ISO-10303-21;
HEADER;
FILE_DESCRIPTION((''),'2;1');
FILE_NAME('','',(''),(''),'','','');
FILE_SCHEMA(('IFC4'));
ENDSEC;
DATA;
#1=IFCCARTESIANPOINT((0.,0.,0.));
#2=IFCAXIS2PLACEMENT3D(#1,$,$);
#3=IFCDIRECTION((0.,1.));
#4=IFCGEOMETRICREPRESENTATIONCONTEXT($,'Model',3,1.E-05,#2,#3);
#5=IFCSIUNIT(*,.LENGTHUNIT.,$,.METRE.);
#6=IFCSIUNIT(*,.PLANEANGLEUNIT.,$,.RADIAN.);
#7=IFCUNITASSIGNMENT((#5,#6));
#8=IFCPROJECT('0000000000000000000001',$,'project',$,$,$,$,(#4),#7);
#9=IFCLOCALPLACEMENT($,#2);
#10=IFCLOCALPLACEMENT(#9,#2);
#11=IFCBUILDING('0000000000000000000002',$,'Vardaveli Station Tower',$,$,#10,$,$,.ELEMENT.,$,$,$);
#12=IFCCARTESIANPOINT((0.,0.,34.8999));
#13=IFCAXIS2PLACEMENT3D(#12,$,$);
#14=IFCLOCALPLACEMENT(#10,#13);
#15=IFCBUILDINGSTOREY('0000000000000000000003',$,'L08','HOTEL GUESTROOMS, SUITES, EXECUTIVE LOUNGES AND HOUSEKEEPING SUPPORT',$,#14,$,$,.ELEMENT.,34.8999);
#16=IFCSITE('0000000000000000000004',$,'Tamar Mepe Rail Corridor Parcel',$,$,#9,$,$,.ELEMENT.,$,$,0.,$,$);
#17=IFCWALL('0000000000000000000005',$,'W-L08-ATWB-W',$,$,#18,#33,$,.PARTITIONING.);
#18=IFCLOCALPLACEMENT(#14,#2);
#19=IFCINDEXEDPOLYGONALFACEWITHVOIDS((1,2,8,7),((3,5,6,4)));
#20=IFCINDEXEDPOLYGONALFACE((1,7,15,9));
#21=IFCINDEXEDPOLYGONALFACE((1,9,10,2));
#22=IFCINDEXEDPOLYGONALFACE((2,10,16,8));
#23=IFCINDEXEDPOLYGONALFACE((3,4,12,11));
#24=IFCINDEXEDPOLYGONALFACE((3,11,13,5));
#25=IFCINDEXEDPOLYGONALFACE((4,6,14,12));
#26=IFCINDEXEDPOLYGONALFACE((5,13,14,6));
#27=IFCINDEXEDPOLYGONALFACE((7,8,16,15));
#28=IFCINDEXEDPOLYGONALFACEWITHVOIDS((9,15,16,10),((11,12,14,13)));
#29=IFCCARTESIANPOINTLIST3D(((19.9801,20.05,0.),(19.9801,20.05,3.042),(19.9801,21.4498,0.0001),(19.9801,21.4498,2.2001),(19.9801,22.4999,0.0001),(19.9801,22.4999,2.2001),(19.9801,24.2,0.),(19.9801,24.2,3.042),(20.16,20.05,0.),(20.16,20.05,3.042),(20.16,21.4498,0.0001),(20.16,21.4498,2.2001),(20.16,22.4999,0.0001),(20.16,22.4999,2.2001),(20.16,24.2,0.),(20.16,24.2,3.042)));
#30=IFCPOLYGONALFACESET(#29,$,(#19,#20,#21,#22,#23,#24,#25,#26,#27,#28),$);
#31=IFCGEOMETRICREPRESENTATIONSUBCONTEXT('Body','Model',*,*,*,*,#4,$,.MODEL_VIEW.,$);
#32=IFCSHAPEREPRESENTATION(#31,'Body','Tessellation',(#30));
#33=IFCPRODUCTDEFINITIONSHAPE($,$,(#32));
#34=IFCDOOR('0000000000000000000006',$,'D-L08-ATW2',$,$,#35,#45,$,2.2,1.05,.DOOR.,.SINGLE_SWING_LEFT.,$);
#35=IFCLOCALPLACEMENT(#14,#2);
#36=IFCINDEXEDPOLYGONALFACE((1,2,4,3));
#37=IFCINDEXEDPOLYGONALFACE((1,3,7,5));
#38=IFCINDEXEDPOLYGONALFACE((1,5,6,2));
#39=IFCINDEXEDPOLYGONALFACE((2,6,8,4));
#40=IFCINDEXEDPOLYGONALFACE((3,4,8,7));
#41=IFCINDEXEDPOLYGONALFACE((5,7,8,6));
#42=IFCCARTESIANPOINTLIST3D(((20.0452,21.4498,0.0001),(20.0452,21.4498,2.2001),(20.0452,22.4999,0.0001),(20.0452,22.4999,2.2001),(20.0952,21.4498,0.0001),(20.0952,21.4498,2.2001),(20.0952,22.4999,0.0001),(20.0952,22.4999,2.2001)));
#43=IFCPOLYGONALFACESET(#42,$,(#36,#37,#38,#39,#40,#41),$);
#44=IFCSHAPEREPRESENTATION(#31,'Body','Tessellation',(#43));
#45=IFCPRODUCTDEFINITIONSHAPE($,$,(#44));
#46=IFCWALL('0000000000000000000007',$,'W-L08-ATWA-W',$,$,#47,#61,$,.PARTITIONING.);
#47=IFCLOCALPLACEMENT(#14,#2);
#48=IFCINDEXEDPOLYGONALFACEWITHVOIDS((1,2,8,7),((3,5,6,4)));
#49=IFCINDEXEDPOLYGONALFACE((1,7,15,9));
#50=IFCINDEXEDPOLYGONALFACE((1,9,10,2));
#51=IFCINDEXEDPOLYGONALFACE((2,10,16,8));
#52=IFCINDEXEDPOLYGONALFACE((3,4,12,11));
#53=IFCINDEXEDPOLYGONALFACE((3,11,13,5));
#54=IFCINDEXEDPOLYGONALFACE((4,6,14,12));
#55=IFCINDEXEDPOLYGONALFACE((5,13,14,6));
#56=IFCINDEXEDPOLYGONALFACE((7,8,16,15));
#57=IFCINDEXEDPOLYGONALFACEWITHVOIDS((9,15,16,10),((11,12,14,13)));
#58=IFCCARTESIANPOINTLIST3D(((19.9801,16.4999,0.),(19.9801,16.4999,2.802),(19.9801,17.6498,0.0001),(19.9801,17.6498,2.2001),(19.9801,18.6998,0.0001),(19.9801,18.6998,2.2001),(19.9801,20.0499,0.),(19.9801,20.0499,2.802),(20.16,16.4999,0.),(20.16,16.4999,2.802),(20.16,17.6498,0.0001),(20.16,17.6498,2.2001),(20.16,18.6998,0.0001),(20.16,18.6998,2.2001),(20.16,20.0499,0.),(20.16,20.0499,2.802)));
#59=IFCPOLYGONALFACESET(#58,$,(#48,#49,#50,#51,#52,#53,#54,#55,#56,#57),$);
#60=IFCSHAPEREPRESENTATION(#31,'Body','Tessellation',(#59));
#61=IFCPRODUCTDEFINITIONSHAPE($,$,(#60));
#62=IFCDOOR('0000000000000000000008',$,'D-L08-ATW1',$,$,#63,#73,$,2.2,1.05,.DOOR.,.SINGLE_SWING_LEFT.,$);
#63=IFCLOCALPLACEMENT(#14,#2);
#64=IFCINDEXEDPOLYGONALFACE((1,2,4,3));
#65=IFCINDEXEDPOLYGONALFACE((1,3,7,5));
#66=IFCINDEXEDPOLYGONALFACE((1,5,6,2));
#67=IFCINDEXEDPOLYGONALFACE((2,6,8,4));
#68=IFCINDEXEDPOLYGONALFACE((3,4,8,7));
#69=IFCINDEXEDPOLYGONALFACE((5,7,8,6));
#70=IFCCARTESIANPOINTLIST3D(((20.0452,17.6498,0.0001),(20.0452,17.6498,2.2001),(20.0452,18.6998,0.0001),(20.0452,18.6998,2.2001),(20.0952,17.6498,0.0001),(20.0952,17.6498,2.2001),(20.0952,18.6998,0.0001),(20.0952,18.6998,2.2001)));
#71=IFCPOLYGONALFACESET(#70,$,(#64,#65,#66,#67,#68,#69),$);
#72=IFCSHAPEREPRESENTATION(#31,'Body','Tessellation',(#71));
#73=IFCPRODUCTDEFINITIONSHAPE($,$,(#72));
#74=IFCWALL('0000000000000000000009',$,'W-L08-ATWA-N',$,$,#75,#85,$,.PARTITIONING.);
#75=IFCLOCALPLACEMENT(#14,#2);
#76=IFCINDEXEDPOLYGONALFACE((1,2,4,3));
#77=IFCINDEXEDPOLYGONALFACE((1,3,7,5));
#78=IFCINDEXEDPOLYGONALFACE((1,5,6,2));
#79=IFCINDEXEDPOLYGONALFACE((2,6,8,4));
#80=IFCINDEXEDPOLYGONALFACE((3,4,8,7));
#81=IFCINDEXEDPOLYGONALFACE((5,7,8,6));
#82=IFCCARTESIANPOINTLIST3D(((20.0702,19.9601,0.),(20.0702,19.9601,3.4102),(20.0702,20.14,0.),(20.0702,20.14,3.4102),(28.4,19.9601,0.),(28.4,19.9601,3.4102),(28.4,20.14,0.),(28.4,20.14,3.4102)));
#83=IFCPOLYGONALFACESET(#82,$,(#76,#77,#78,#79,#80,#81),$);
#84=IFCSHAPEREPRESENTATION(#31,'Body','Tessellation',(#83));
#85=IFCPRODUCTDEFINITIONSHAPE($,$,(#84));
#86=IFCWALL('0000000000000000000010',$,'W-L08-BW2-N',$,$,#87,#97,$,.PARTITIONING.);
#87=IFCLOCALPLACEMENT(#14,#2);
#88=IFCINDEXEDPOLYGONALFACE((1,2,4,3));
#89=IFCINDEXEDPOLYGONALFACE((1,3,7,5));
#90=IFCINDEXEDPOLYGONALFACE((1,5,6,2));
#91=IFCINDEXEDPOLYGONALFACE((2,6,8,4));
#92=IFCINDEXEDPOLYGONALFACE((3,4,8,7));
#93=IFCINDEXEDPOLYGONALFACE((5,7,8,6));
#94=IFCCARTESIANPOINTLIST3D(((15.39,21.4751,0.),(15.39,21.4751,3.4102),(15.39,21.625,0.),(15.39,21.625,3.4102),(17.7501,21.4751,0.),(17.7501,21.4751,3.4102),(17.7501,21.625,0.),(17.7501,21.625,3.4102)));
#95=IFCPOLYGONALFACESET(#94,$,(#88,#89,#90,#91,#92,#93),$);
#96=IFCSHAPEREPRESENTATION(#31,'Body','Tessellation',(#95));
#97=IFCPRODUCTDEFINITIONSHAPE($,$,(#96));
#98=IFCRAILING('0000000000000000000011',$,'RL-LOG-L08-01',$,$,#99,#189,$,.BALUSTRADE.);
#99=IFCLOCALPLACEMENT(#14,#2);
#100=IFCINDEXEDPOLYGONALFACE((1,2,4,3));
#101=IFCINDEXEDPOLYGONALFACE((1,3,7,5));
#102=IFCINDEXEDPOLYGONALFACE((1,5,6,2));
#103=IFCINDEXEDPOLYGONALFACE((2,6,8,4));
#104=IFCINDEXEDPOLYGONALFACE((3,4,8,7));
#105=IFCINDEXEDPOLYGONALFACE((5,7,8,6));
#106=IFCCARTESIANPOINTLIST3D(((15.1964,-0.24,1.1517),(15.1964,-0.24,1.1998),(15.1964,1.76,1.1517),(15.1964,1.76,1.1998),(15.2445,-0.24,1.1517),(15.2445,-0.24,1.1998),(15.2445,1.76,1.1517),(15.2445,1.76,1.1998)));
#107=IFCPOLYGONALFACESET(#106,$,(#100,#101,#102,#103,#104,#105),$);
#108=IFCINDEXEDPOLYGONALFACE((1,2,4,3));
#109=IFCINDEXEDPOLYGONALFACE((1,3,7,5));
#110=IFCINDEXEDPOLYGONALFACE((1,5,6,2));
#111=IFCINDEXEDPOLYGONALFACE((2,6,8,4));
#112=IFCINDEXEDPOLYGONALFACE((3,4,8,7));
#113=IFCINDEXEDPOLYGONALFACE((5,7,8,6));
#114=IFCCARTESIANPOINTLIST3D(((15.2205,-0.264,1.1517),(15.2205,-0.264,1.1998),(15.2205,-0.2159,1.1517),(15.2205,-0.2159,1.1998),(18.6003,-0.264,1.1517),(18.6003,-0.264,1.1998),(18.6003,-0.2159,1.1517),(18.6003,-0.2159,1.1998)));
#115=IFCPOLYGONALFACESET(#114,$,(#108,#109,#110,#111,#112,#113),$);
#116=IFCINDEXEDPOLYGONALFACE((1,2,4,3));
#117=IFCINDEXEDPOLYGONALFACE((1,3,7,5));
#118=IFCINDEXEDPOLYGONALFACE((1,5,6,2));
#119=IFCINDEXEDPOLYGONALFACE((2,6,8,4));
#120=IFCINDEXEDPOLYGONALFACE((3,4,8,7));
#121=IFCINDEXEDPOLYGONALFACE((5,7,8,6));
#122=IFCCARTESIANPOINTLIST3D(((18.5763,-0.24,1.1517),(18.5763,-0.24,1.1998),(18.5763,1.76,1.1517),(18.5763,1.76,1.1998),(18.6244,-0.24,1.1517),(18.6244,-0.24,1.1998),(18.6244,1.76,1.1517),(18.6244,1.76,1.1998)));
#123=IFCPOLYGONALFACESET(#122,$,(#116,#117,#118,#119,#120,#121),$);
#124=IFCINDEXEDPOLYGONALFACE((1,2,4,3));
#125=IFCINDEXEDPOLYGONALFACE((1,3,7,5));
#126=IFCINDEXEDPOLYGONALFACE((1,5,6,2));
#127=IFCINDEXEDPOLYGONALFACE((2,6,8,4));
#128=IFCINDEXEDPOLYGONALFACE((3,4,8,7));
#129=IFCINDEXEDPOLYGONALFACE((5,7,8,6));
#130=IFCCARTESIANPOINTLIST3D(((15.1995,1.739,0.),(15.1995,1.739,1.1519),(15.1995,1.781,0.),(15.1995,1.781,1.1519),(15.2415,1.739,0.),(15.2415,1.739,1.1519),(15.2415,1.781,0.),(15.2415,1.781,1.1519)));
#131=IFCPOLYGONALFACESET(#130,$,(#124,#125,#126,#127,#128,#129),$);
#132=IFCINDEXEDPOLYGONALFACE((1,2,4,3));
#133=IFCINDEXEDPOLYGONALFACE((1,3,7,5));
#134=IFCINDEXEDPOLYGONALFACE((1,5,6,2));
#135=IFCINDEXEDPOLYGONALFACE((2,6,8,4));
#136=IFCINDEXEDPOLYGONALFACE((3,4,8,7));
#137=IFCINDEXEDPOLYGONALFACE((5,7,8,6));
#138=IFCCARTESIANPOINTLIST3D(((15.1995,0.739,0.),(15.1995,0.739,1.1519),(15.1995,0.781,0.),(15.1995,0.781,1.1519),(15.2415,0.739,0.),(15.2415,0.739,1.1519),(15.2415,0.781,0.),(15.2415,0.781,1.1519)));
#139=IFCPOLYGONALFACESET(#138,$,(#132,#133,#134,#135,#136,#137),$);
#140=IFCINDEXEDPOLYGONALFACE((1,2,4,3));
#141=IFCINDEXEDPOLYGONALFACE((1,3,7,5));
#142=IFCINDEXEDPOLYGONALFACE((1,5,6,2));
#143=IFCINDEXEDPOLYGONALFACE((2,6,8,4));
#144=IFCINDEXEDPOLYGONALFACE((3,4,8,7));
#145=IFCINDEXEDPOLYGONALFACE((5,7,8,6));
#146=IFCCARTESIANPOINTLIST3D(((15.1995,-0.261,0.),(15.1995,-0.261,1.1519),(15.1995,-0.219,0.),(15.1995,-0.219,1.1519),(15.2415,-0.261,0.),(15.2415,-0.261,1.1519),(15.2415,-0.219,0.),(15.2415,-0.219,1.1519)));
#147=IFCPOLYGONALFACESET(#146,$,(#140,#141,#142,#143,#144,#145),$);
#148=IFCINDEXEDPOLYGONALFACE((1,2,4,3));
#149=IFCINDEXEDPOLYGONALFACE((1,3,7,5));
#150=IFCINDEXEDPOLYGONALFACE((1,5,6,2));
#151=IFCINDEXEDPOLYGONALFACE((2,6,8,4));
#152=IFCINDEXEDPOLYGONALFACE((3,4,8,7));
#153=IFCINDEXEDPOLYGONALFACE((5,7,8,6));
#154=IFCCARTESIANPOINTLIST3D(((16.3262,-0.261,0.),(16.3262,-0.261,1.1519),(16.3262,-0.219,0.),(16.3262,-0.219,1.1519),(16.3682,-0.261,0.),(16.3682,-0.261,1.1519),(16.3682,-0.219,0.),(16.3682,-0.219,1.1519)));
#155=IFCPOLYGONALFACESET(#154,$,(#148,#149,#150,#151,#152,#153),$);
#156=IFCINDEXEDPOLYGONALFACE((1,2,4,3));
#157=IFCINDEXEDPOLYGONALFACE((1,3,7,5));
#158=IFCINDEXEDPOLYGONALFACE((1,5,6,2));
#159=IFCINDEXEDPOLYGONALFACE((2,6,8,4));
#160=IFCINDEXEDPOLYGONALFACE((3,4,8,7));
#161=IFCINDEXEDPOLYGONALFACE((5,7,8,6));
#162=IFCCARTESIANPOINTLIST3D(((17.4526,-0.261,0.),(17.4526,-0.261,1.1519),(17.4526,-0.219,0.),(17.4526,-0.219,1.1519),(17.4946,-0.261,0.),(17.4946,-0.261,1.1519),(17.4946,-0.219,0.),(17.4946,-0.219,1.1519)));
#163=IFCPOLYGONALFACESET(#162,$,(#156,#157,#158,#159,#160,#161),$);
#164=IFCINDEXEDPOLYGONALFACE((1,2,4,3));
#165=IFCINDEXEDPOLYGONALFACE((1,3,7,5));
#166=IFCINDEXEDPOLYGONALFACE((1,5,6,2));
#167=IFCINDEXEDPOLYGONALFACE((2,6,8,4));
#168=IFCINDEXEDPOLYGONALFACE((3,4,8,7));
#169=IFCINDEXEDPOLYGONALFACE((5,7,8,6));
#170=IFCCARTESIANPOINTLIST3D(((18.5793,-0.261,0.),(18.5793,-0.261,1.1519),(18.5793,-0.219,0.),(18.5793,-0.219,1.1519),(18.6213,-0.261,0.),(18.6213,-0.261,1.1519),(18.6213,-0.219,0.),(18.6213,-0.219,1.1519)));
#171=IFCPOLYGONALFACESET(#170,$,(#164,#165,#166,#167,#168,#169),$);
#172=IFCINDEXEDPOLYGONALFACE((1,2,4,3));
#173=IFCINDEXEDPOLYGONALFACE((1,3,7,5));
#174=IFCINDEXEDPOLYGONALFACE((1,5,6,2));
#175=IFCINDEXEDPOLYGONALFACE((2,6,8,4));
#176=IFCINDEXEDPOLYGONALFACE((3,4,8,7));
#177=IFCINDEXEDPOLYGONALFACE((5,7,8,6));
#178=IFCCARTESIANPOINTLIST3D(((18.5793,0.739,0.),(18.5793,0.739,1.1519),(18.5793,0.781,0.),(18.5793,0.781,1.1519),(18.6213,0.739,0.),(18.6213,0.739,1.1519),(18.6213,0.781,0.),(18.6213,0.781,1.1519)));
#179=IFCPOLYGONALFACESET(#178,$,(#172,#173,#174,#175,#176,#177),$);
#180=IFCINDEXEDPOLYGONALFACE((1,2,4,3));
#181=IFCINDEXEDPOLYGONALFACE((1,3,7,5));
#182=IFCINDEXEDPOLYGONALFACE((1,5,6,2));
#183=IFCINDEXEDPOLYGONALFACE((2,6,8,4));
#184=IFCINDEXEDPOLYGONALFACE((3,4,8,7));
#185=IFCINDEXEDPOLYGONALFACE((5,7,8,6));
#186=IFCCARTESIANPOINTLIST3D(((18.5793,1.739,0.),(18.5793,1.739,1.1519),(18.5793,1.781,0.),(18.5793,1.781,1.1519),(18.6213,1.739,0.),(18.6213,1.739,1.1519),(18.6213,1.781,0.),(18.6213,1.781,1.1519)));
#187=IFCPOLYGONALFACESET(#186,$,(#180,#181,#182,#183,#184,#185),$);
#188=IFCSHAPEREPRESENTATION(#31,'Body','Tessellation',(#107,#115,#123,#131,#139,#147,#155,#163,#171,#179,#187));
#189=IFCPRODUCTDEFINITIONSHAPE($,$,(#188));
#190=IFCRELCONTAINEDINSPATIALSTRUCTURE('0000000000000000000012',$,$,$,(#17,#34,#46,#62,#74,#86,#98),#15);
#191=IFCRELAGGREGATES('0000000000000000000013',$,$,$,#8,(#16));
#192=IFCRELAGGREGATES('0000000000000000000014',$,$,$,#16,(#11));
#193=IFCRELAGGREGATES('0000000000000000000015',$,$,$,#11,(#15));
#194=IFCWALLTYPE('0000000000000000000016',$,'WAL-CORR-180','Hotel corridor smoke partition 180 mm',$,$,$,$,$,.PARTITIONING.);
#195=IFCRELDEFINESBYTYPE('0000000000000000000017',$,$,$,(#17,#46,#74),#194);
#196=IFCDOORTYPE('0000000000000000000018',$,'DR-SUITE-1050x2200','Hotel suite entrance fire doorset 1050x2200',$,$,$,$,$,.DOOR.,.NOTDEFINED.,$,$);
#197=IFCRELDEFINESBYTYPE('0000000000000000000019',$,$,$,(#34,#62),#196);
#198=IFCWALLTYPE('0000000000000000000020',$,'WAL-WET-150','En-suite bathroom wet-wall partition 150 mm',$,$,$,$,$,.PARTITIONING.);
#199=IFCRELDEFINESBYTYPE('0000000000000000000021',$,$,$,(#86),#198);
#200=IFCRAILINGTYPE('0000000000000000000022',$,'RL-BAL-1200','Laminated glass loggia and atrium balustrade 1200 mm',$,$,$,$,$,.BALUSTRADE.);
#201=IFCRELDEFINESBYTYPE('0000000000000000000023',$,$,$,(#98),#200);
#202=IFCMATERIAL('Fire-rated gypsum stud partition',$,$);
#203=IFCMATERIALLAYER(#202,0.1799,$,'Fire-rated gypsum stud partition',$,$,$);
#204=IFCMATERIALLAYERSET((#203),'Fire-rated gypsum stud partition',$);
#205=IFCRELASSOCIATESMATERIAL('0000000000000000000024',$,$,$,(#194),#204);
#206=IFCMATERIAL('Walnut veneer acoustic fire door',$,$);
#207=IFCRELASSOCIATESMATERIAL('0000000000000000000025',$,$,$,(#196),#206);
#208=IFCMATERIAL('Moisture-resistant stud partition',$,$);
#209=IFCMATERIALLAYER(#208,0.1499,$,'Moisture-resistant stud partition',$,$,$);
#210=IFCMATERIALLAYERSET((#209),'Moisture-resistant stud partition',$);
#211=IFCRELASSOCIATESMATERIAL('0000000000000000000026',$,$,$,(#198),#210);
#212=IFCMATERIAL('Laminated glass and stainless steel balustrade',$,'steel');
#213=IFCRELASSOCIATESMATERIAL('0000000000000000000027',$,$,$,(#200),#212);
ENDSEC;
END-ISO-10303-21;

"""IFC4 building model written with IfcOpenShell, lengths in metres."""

from ifc_helpers import new_model, si_unit, direction, frame, frame_2d, origin, origin_2d, place, context, subcontext, project, spatial, rectangle, extrude, source, transform, mapped, material, layer, layer_set, type_object, element, fill, save


model = new_model("IFC4")

# Units and contexts
model_context = context("Model", 3, precision=1e-05, world=origin(), true_north=direction((0.0, 1.0)))
body_context = subcontext(model_context, "Body", "Model", "MODEL_VIEW")
ifc_project = project(units=[si_unit("LENGTHUNIT", "METRE"), si_unit("PLANEANGLEUNIT", "RADIAN")], contexts=[model_context])

# Site, building, storey
site_placement = place(None, origin())
site = spatial("IfcSite", under=ifc_project, at=site_placement, Name="Tamar Mepe Rail Corridor Parcel", CompositionType="ELEMENT", RefElevation=0.0)
building_placement = place(site_placement, origin())
building = spatial("IfcBuilding", under=site, at=building_placement, Name="Vardaveli Station Tower", CompositionType="ELEMENT")
storey_placement = place(building_placement, frame((0.0, 0.0, 34.8999)))
storey = spatial("IfcBuildingStorey", under=building, at=storey_placement, Name="L08", Description="HOTEL GUESTROOMS, SUITES, EXECUTIVE LOUNGES AND HOUSEKEEPING SUPPORT", CompositionType="ELEMENT", Elevation=34.8999)

# Shared definitions
ifc_material_1 = material(Name="Fire-rated gypsum stud partition")
ifc_layer_1 = layer(ifc_material_1, 0.1799, Name="Fire-rated gypsum stud partition")
ifc_layer_set_1 = layer_set([ifc_layer_1], Name="Fire-rated gypsum stud partition")
wall_type_1 = type_object("IfcWallType", Name="WAL-CORR-180", Description="Hotel corridor smoke partition 180 mm", PredefinedType="PARTITIONING", material=ifc_layer_set_1)
shared_shape_1 = source(origin(), body_context, "Body", "SweptSolid", [
    extrude(rectangle(XDim=1.05, YDim=2.2, at=frame_2d((0.5249, 1.1001))), frame((0.0, 0.1001, 0.0), z_axis=(0.0, -1.0, 0.0), x_axis=(1.0, 0.0, 0.0)), (0.0, 0.0, 1.0), 0.2),
])
ifc_material_2 = material(Name="Walnut veneer acoustic fire door")
door_type_1 = type_object("IfcDoorType", Name="DR-SUITE-1050x2200", Description="Hotel suite entrance fire doorset 1050x2200", OperationType="NOTDEFINED", PredefinedType="DOOR", material=ifc_material_2)
shared_shape_2 = source(origin(), body_context, "Body", "SweptSolid", [
    extrude(rectangle(XDim=1.05, YDim=2.2, at=frame_2d((0.5249, 1.1001))), frame((0.0, 0.0249, 0.0), z_axis=(0.0, -1.0, 0.0), x_axis=(1.0, 0.0, 0.0)), (0.0, 0.0, 1.0), 0.05),
])

# Shared definitions
ifc_material_3 = material(Name="Moisture-resistant stud partition")
ifc_layer_2 = layer(ifc_material_3, 0.1499, Name="Moisture-resistant stud partition")
ifc_layer_set_2 = layer_set([ifc_layer_2], Name="Moisture-resistant stud partition")
wall_type_2 = type_object("IfcWallType", Name="WAL-WET-150", Description="En-suite bathroom wet-wall partition 150 mm", PredefinedType="PARTITIONING", material=ifc_layer_set_2)

# Walls, openings, doors
shared_shape_3 = source(origin(), body_context, "Body", "SweptSolid", [
    extrude(rectangle(XDim=4.1499, YDim=0.1799, at=frame_2d((2.075, 0.0))), origin(), (0.0, 0.0, 1.0), 3.042),
])
wall_1_placement = place(storey_placement, frame((20.0701, 20.05, 0.0), z_axis=(0.0, 0.0, 1.0), x_axis=(0.0, 1.0, 0.0)))
wall_1 = element("IfcWall", 1, at=wall_1_placement, inside=storey, type_object=wall_type_1, Name="W-L08-ATWB-W", PredefinedType="PARTITIONING", context=body_context, shape_type="MappedRepresentation", body=[
    mapped(shared_shape_3, transform((0.0, 0.0, 0.0), scale=1.0)),
])
opening_1_placement = place(wall_1_placement, frame((1.3999, 0.0, 0.0)))
opening_1 = element("IfcOpeningElement", 2, at=opening_1_placement, cuts=wall_1, PredefinedType="OPENING", context=body_context, shape_type="MappedRepresentation", body=[
    mapped(shared_shape_1, transform((0.0, 0.0, 0.0), scale=1.0)),
])
door_1_placement = place(opening_1_placement, origin())
door_1 = element("IfcDoor", 3, at=door_1_placement, inside=storey, type_object=door_type_1, Name="D-L08-ATW2", OperationType="SINGLE_SWING_LEFT", OverallHeight=2.2, OverallWidth=1.05, PredefinedType="DOOR", context=body_context, shape_type="MappedRepresentation", body=[
    mapped(shared_shape_2, transform((0.0, 0.0, 0.0), scale=1.0)),
])
fill(opening_1, door_1)
shared_shape_4 = source(origin(), body_context, "Body", "SweptSolid", [
    extrude(rectangle(XDim=3.55, YDim=0.1799, at=frame_2d((1.7749, 0.0))), origin(), (0.0, 0.0, 1.0), 2.802),
])
wall_2_placement = place(storey_placement, frame((20.0701, 16.5, 0.0), z_axis=(0.0, 0.0, 1.0), x_axis=(0.0, 1.0, 0.0)))
wall_2 = element("IfcWall", 4, at=wall_2_placement, inside=storey, type_object=wall_type_1, Name="W-L08-ATWA-W", PredefinedType="PARTITIONING", context=body_context, shape_type="MappedRepresentation", body=[
    mapped(shared_shape_4, transform((0.0, 0.0, 0.0), scale=1.0)),
])
opening_2_placement = place(wall_2_placement, frame((1.1499, 0.0, 0.0)))
opening_2 = element("IfcOpeningElement", 5, at=opening_2_placement, cuts=wall_2, PredefinedType="OPENING", context=body_context, shape_type="MappedRepresentation", body=[
    mapped(shared_shape_1, transform((0.0, 0.0, 0.0), scale=1.0)),
])
door_2_placement = place(opening_2_placement, origin())
door_2 = element("IfcDoor", 6, at=door_2_placement, inside=storey, type_object=door_type_1, Name="D-L08-ATW1", OperationType="SINGLE_SWING_LEFT", OverallHeight=2.2, OverallWidth=1.05, PredefinedType="DOOR", context=body_context, shape_type="MappedRepresentation", body=[
    mapped(shared_shape_2, transform((0.0, 0.0, 0.0), scale=1.0)),
])
fill(opening_2, door_2)

# Walls
shared_shape_5 = source(origin(), body_context, "Body", "SweptSolid", [
    extrude(rectangle(XDim=8.3298, YDim=0.1799, at=frame_2d((4.165, 0.0))), origin(), (0.0, 0.0, 1.0), 3.4102),
])
wall_3_placement = place(storey_placement, frame((20.0701, 20.05, 0.0), z_axis=(0.0, 0.0, 1.0), x_axis=(1.0, 0.0, 0.0)))
element("IfcWall", 7, at=wall_3_placement, inside=storey, type_object=wall_type_1, Name="W-L08-ATWA-N", PredefinedType="PARTITIONING", context=body_context, shape_type="MappedRepresentation", body=[
    mapped(shared_shape_5, transform((0.0, 0.0, 0.0), scale=1.0)),
])
shared_shape_6 = source(origin(), body_context, "Body", "SweptSolid", [
    extrude(rectangle(XDim=2.3601, YDim=0.1499, at=frame_2d((1.1802, 0.0))), origin(), (0.0, 0.0, 1.0), 3.4102),
])
wall_4_placement = place(storey_placement, frame((15.3899, 21.55, 0.0), z_axis=(0.0, 0.0, 1.0), x_axis=(1.0, 0.0, 0.0)))
element("IfcWall", 8, at=wall_4_placement, inside=storey, type_object=wall_type_2, Name="W-L08-BW2-N", PredefinedType="PARTITIONING", context=body_context, shape_type="MappedRepresentation", body=[
    mapped(shared_shape_6, transform((0.0, 0.0, 0.0), scale=1.0)),
])

# Railing
ifc_material_4 = material(Name="Laminated glass and stainless steel balustrade", Category="steel")
railing_type = type_object("IfcRailingType", Name="RL-BAL-1200", Description="Laminated glass loggia and atrium balustrade 1200 mm", PredefinedType="BALUSTRADE", material=ifc_material_4)
shared_shape_7 = source(origin(), body_context, "Body", "SweptSolid", [
    extrude(rectangle(XDim=0.0481, YDim=0.0481, at=origin_2d()), frame((0.0, 0.0, 1.1758), z_axis=(0.0, -1.0, 0.0), x_axis=(1.0, 0.0, 0.0)), (0.0, 0.0, 1.0), 2.0),
    extrude(rectangle(XDim=0.0481, YDim=0.0481, at=origin_2d()), frame((0.0, -2.0, 1.1758), z_axis=(1.0, 0.0, 0.0), x_axis=(0.0, 1.0, 0.0)), (0.0, 0.0, 1.0), 3.3799),
    extrude(rectangle(XDim=0.0481, YDim=0.0481, at=origin_2d()), frame((3.3799, -2.0, 1.1758), z_axis=(0.0, 1.0, 0.0), x_axis=(-1.0, 0.0, 0.0)), (0.0, 0.0, 1.0), 2.0),
    extrude(rectangle(XDim=0.042, YDim=0.042, at=origin_2d()), origin(), (0.0, 0.0, 1.0), 1.1519),
    extrude(rectangle(XDim=0.042, YDim=0.042, at=origin_2d()), frame((0.0, -1.0, 0.0)), (0.0, 0.0, 1.0), 1.1519),
    extrude(rectangle(XDim=0.042, YDim=0.042, at=origin_2d()), frame((0.0, -2.0, 0.0)), (0.0, 0.0, 1.0), 1.1519),
    extrude(rectangle(XDim=0.042, YDim=0.042, at=origin_2d()), frame((1.1267, -2.0, 0.0)), (0.0, 0.0, 1.0), 1.1519),
    extrude(rectangle(XDim=0.042, YDim=0.042, at=origin_2d()), frame((2.2532, -2.0, 0.0)), (0.0, 0.0, 1.0), 1.1519),
    extrude(rectangle(XDim=0.042, YDim=0.042, at=origin_2d()), frame((3.3799, -2.0, 0.0)), (0.0, 0.0, 1.0), 1.1519),
    extrude(rectangle(XDim=0.042, YDim=0.042, at=origin_2d()), frame((3.3799, -1.0, 0.0)), (0.0, 0.0, 1.0), 1.1519),
    extrude(rectangle(XDim=0.042, YDim=0.042, at=origin_2d()), frame((3.3799, 0.0, 0.0)), (0.0, 0.0, 1.0), 1.1519),
])
railing_placement = place(storey_placement, frame((15.2205, 1.76, 0.0)))
element("IfcRailing", 9, at=railing_placement, inside=storey, type_object=railing_type, Name="RL-LOG-L08-01", PredefinedType="BALUSTRADE", context=body_context, shape_type="MappedRepresentation", body=[
    mapped(shared_shape_7, transform((0.0, 0.0, 0.0), scale=1.0)),
])

save(model, "model.ifc")
